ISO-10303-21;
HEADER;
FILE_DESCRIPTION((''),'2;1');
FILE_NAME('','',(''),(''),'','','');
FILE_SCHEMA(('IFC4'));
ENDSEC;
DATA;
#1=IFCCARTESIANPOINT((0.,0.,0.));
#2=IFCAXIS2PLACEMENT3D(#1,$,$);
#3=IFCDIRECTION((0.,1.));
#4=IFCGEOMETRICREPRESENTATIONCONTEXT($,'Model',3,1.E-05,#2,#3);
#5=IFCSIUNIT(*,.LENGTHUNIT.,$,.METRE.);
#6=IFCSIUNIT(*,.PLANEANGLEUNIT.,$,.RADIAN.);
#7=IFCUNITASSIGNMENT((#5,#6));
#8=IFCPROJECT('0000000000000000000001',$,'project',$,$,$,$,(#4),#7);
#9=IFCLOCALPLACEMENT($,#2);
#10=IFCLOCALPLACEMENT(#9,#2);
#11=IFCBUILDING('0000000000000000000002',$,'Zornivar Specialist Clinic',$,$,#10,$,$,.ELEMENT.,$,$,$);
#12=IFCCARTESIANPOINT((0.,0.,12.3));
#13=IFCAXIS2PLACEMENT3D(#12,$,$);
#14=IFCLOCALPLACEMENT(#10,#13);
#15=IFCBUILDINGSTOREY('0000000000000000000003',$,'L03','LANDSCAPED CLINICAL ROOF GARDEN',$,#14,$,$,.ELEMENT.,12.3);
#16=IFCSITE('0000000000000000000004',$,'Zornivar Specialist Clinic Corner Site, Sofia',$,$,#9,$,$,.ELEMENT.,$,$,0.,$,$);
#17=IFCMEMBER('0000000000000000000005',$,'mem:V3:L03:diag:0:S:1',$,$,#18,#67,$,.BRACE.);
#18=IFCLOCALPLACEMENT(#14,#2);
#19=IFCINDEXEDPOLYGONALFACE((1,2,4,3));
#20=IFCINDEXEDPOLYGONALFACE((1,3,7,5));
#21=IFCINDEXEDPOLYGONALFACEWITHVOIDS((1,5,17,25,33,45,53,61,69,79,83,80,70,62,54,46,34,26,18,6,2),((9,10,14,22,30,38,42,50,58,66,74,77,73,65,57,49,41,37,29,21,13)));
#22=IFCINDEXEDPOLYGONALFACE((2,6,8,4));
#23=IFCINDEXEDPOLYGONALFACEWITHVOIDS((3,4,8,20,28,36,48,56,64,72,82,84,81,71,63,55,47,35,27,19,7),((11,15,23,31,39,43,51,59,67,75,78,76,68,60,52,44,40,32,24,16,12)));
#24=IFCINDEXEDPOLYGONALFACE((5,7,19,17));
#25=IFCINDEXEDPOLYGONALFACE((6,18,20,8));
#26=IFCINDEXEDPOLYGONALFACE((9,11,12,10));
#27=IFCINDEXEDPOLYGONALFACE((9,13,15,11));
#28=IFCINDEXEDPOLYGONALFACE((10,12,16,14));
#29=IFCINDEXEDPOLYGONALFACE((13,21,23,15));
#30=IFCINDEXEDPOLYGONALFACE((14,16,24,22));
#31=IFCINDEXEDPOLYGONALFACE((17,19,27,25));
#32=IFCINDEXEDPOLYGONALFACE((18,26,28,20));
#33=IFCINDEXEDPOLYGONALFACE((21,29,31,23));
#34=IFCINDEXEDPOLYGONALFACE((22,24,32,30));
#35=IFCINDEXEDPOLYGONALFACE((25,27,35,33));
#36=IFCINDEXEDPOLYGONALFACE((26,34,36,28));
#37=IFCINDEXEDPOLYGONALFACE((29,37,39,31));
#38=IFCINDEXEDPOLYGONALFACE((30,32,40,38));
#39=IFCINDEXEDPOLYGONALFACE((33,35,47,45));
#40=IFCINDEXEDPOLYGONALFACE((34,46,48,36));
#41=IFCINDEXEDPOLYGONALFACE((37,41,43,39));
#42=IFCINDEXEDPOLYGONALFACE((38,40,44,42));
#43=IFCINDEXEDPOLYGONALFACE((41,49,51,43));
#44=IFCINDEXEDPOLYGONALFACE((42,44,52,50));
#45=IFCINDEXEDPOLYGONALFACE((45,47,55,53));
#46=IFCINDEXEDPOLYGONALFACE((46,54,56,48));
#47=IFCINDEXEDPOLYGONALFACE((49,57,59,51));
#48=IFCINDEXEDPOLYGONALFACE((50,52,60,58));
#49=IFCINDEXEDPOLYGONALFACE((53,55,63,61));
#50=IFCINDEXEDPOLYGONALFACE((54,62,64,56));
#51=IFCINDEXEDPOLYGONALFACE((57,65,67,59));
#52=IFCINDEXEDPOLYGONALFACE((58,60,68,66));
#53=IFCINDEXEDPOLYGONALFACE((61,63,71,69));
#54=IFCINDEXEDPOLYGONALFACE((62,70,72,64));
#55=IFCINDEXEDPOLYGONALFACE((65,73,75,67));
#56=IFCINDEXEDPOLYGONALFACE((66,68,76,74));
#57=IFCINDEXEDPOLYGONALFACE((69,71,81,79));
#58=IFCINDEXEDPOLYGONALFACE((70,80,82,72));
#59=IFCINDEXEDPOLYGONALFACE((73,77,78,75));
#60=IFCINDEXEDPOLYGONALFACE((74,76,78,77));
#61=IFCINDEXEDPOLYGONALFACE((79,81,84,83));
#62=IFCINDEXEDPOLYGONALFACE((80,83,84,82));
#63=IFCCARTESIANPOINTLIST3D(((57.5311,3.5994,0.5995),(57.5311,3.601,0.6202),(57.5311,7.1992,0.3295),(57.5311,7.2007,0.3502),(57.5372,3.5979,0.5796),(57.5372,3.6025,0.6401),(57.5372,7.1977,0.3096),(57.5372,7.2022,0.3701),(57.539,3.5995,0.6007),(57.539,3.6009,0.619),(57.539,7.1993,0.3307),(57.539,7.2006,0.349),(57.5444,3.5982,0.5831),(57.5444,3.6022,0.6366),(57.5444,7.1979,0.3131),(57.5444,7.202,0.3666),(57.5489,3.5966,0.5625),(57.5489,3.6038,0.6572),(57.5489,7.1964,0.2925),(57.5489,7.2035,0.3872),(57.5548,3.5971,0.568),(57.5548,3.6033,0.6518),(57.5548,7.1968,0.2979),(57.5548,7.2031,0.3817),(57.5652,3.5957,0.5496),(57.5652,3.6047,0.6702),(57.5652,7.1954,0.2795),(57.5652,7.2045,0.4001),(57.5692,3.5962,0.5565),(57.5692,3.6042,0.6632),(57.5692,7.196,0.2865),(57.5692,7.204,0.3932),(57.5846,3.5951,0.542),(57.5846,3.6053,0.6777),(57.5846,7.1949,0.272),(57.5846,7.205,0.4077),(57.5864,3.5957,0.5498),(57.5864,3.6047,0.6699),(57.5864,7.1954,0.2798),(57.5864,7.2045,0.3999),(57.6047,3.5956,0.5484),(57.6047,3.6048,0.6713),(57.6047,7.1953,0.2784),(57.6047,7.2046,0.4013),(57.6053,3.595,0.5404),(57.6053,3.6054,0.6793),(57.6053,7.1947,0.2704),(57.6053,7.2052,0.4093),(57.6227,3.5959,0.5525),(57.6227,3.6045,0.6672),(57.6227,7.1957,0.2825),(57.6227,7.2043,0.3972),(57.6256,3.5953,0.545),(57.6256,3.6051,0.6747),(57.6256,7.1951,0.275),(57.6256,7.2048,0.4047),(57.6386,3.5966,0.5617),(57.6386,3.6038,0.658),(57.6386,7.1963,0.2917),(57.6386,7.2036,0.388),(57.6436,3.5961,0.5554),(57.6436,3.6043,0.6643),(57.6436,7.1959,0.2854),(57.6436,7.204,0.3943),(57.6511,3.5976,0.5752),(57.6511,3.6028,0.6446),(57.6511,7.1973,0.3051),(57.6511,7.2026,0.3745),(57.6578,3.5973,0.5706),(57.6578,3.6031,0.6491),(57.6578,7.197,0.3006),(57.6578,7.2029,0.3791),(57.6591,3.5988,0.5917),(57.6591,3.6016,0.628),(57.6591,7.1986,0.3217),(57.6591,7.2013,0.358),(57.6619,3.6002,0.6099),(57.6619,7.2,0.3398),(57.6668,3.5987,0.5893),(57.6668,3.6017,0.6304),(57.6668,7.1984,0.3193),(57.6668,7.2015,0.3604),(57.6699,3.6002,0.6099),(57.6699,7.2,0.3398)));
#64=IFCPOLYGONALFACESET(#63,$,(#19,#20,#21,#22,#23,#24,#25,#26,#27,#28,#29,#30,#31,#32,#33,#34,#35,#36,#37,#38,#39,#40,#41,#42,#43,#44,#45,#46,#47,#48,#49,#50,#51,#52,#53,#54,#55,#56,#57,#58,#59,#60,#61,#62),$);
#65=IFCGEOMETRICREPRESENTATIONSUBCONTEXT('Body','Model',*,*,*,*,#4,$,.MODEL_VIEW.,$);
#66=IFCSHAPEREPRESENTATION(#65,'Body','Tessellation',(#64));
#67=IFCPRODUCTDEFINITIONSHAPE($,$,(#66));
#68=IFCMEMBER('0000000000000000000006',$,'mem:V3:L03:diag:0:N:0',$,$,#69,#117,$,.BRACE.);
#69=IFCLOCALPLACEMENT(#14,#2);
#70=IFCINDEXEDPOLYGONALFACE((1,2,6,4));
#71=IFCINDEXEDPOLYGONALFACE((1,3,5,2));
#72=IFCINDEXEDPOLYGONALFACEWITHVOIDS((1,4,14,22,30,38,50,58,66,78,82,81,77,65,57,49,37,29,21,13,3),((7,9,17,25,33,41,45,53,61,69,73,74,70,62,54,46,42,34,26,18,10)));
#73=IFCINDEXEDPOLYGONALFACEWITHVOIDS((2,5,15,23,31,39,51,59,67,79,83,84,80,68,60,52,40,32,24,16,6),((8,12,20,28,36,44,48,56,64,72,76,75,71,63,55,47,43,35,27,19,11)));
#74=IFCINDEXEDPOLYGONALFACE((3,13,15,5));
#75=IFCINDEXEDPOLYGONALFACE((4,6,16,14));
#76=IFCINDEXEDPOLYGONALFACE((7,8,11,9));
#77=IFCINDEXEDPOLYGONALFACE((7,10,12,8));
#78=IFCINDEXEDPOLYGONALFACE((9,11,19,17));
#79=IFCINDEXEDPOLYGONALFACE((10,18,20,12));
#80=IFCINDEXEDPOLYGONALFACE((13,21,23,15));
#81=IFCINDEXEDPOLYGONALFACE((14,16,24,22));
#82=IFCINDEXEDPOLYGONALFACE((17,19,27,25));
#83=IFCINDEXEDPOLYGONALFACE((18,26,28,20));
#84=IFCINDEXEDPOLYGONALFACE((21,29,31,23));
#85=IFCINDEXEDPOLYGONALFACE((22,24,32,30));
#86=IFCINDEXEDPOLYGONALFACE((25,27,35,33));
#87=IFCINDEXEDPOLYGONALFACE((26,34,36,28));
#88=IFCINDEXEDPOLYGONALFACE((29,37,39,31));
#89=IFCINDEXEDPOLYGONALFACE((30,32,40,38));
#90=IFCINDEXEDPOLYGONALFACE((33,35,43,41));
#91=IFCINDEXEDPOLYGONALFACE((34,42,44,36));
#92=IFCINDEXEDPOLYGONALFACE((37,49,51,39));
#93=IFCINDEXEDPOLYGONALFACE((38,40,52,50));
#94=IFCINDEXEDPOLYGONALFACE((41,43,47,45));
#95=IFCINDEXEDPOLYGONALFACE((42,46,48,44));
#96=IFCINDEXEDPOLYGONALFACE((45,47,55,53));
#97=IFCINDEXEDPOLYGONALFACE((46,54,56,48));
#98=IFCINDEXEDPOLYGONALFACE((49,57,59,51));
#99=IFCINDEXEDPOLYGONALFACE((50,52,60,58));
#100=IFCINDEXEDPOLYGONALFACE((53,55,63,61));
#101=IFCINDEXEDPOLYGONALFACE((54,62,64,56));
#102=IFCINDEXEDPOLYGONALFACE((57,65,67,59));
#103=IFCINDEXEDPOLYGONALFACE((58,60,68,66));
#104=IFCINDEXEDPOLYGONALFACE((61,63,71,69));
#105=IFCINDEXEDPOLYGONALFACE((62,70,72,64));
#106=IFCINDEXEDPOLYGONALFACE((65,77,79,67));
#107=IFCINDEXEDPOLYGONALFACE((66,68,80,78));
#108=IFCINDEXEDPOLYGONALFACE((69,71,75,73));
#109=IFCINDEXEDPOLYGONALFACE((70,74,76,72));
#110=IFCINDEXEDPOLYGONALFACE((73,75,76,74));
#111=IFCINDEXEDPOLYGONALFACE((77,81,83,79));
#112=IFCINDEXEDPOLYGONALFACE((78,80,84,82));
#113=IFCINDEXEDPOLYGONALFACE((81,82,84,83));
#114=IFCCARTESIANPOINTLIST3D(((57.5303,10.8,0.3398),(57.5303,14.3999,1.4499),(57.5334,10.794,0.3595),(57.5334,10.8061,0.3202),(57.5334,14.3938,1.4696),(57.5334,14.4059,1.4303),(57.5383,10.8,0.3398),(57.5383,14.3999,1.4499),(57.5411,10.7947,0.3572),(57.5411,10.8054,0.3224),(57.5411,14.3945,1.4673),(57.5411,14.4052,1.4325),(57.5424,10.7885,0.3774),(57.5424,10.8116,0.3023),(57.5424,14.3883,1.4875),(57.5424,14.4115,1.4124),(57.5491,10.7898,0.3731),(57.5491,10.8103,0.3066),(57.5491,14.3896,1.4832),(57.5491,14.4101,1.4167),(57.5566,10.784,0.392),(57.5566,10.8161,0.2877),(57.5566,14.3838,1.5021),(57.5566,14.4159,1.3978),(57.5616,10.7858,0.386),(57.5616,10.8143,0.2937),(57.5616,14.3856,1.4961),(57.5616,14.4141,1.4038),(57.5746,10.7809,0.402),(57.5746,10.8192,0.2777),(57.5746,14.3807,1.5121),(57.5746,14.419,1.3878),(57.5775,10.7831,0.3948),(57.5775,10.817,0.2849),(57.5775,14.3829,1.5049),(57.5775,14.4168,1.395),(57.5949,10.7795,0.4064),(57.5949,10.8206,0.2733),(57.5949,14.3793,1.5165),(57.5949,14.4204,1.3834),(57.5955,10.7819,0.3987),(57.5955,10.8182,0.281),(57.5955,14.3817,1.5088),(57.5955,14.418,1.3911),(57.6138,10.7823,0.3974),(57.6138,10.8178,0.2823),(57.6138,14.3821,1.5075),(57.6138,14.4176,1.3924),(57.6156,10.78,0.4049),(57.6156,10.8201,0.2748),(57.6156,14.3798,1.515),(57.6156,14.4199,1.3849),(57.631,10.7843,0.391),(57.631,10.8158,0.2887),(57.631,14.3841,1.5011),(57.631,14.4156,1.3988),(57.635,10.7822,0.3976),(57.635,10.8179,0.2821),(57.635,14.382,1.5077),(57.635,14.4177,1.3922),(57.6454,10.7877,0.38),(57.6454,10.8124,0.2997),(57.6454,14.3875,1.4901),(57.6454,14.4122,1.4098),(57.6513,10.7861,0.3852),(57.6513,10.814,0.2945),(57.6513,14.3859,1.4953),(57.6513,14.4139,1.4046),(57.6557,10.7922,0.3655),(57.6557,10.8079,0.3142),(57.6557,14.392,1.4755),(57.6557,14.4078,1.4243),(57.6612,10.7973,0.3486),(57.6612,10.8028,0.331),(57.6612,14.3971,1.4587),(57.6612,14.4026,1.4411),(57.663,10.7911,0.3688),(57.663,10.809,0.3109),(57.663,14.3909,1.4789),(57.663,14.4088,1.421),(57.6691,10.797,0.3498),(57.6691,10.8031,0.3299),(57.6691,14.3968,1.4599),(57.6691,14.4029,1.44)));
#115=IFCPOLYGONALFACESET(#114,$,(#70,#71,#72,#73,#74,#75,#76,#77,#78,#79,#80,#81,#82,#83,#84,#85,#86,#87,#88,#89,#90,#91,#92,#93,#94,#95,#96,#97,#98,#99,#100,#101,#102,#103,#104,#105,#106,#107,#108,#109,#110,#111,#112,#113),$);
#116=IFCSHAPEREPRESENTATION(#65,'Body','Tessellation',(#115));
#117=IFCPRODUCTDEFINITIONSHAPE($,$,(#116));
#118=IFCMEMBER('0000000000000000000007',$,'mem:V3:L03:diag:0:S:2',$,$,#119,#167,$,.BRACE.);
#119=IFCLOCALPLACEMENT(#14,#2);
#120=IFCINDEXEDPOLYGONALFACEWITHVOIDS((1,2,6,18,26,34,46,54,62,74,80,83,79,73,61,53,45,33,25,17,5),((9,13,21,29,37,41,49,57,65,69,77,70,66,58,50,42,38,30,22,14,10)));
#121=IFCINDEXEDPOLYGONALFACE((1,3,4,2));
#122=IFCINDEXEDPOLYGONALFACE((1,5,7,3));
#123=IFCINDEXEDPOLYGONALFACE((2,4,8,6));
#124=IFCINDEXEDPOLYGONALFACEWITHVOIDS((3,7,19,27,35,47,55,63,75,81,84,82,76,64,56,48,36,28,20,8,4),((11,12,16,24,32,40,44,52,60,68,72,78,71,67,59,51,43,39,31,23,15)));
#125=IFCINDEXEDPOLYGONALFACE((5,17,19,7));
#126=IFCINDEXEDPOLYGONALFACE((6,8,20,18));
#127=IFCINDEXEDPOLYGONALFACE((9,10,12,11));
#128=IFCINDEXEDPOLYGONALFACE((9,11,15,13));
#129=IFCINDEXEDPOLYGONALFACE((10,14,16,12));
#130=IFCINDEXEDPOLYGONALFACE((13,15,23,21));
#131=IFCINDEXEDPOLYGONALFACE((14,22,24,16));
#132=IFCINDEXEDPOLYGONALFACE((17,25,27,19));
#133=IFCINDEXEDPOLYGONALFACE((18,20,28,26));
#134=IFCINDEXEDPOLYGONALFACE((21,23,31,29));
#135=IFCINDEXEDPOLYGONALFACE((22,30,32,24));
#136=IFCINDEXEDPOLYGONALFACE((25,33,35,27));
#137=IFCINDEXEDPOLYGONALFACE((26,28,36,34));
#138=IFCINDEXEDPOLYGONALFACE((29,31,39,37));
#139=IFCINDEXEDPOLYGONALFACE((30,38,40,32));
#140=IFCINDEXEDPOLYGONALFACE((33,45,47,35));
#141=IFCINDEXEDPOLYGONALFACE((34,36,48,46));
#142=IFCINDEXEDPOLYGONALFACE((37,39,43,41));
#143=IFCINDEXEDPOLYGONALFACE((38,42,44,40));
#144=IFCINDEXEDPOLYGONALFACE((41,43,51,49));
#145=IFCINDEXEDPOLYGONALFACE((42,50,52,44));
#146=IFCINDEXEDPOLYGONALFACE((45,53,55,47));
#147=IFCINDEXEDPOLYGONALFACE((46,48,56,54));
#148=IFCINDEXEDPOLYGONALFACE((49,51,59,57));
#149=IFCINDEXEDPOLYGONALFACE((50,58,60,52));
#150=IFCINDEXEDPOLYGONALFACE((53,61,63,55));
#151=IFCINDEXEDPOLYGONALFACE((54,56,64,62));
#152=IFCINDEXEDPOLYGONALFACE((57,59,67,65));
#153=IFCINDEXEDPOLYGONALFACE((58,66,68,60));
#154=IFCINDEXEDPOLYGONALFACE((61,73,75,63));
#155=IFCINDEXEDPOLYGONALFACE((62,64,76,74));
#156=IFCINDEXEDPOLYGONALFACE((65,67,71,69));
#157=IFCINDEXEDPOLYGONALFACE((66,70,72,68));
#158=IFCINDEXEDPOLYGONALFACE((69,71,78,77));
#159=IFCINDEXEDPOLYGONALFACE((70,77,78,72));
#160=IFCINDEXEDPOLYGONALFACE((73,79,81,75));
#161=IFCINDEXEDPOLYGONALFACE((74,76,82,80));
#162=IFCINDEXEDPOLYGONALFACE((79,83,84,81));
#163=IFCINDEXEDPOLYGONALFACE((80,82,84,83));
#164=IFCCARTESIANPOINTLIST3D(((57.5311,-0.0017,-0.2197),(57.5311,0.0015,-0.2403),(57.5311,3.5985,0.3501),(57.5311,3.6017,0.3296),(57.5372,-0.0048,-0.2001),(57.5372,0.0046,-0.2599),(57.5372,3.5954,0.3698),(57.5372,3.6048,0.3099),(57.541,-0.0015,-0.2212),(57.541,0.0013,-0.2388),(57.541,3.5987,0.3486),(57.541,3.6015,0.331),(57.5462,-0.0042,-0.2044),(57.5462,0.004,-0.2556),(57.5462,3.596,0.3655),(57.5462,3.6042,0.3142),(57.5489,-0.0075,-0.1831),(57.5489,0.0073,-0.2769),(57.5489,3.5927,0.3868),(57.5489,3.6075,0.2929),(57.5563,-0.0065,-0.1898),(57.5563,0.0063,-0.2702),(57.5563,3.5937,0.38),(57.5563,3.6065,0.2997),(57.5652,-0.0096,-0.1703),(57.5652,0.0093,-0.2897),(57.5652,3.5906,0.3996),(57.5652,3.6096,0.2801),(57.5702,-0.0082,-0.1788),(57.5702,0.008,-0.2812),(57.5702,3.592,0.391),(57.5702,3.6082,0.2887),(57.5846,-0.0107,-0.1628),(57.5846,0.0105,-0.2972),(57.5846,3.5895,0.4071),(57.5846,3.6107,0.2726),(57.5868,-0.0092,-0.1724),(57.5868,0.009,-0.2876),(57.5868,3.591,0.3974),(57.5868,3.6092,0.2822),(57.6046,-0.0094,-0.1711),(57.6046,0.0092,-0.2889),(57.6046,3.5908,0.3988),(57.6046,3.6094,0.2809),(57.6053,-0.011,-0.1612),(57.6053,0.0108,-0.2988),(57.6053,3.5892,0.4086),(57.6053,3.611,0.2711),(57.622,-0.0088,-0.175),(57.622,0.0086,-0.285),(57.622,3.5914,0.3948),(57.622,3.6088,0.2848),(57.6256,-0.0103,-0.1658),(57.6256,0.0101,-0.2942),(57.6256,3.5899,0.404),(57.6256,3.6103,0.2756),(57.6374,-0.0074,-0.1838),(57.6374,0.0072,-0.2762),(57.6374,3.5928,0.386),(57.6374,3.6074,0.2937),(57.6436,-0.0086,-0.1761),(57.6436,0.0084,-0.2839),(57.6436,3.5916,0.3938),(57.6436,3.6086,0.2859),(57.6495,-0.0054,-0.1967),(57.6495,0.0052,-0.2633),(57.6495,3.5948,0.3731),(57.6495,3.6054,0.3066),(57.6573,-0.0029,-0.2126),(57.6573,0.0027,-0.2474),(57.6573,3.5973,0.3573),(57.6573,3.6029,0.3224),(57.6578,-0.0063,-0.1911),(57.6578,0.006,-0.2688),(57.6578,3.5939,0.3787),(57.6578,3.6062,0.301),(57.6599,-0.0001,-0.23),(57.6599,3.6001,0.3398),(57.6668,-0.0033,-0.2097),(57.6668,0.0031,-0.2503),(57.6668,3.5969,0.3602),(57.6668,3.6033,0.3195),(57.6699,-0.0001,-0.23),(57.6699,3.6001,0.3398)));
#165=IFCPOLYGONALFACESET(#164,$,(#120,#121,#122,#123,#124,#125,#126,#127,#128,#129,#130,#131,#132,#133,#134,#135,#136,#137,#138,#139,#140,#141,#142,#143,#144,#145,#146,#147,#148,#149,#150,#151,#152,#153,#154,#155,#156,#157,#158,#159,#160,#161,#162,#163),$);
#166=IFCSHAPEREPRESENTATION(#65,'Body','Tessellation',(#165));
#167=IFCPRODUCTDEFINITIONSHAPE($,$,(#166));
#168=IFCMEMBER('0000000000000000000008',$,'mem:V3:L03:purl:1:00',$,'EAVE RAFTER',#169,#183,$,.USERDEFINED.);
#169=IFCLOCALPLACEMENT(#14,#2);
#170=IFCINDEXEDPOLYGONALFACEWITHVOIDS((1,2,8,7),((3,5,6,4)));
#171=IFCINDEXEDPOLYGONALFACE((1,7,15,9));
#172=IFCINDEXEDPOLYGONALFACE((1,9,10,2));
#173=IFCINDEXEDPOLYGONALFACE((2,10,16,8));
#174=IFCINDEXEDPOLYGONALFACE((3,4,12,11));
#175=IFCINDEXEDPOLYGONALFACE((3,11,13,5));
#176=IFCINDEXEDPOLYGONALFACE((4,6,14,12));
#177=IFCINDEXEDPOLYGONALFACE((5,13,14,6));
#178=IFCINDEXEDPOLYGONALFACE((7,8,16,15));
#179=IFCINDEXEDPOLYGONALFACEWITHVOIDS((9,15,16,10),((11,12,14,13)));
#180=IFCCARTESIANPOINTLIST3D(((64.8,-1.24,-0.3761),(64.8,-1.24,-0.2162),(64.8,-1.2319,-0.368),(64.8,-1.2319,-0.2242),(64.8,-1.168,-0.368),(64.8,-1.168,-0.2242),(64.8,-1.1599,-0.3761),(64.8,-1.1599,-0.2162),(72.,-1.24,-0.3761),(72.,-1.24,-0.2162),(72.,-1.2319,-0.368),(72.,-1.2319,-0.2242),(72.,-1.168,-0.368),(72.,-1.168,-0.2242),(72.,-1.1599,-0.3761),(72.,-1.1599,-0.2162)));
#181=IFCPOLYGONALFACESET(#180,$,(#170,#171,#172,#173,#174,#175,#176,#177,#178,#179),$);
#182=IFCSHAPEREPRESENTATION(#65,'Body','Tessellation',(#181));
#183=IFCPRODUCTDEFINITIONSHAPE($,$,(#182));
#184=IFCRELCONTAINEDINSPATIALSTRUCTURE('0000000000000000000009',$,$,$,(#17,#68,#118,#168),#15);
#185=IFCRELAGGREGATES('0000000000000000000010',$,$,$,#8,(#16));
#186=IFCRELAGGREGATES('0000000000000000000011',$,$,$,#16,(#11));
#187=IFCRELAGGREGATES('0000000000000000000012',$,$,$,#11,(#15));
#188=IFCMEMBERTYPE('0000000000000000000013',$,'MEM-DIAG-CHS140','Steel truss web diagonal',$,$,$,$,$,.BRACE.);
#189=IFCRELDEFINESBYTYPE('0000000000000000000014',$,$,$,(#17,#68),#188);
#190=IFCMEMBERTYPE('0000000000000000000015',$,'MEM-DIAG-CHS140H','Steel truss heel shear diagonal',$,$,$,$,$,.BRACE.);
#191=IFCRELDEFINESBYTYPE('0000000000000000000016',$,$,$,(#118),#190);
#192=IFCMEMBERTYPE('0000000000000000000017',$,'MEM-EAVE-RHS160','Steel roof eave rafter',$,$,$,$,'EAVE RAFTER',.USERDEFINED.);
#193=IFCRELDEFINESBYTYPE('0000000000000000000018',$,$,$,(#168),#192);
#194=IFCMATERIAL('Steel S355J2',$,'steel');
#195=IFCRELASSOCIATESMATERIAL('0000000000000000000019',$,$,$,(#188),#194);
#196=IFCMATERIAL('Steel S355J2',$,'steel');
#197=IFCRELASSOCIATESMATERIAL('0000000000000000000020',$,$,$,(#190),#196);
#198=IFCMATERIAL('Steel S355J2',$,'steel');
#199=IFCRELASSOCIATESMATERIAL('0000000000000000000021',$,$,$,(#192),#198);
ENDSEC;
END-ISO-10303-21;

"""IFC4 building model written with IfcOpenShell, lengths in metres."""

from ifc_helpers import new_model, si_unit, direction, frame, origin, origin_2d, place, context, subcontext, project, spatial, hollow_rectangle, hollow_circle, extrude, material, material_profile, profile_set, type_object, element, save


model = new_model("IFC4")

# Units and contexts
model_context = context("Model", 3, precision=1e-05, world=origin(), true_north=direction((0.0, 1.0)))
body_context = subcontext(model_context, "Body", "Model", "MODEL_VIEW")
ifc_project = project(units=[si_unit("LENGTHUNIT", "METRE"), si_unit("PLANEANGLEUNIT", "RADIAN")], contexts=[model_context])

# Site, building, storey
site_placement = place(None, origin())
site = spatial("IfcSite", under=ifc_project, at=site_placement, Name="Zornivar Specialist Clinic Corner Site, Sofia", CompositionType="ELEMENT", RefElevation=0.0)
building_placement = place(site_placement, origin())
building = spatial("IfcBuilding", under=site, at=building_placement, Name="Zornivar Specialist Clinic", CompositionType="ELEMENT")
storey_placement = place(building_placement, frame((0.0, 0.0, 12.3)))
storey = spatial("IfcBuildingStorey", under=building, at=storey_placement, Name="L03", Description="LANDSCAPED CLINICAL ROOF GARDEN", CompositionType="ELEMENT", Elevation=12.3)

# Members
ifc_material_1 = material(Name="Steel S355J2", Category="steel")
ifc_material_profile_1 = material_profile(ifc_material_1, hollow_circle(Radius=0.0698, WallThickness=0.0081, at=origin_2d()), Name="CHS 139.7x8")
ifc_profile_set_1 = profile_set([ifc_material_profile_1], Name="Steel S355J2")
member_type_1 = type_object("IfcMemberType", Name="MEM-DIAG-CHS140", Description="Steel truss web diagonal", PredefinedType="BRACE", material=ifc_profile_set_1)
member_1_placement = place(storey_placement, frame((57.6001, 7.2, 0.3398), z_axis=(0.0, -0.997199, 0.074798), x_axis=(1.0, 0.0, 0.0)))
element("IfcMember", 1, at=member_1_placement, inside=storey, type_object=member_type_1, Name="mem:V3:L03:diag:0:S:1", PredefinedType="BRACE", context=body_context, shape_type="SweptSolid", body=[
    extrude(hollow_circle(Radius=0.0698, WallThickness=0.0081, at=origin_2d()), origin(), (0.0, 0.0, 1.0), 3.6099),
])
member_2_placement = place(storey_placement, frame((57.6001, 10.8, 0.3398), z_axis=(0.0, 0.955595, 0.294682), x_axis=(-1.0, 0.0, 0.0)))
element("IfcMember", 2, at=member_2_placement, inside=storey, type_object=member_type_1, Name="mem:V3:L03:diag:0:N:0", PredefinedType="BRACE", context=body_context, shape_type="SweptSolid", body=[
    extrude(hollow_circle(Radius=0.0698, WallThickness=0.0081, at=origin_2d()), origin(), (0.0, 0.0, 1.0), 3.7671),
])
ifc_material_2 = material(Name="Steel S355J2", Category="steel")
ifc_material_profile_2 = material_profile(ifc_material_2, hollow_circle(Radius=0.0698, WallThickness=0.01, at=origin_2d()), Name="CHS 139.7x10")
ifc_profile_set_2 = profile_set([ifc_material_profile_2], Name="Steel S355J2")
member_type_2 = type_object("IfcMemberType", Name="MEM-DIAG-CHS140H", Description="Steel truss heel shear diagonal", PredefinedType="BRACE", material=ifc_profile_set_2)
member_3_placement = place(storey_placement, frame((57.6001, 3.6001, 0.3398), z_axis=(0.0, -0.987704, -0.156334), x_axis=(1.0, 0.0, 0.0)))
element("IfcMember", 3, at=member_3_placement, inside=storey, type_object=member_type_2, Name="mem:V3:L03:diag:0:S:2", PredefinedType="BRACE", context=body_context, shape_type="SweptSolid", body=[
    extrude(hollow_circle(Radius=0.0698, WallThickness=0.01, at=origin_2d()), origin(), (0.0, 0.0, 1.0), 3.645),
])
ifc_material_3 = material(Name="Steel S355J2", Category="steel")
ifc_material_profile_3 = material_profile(ifc_material_3, hollow_rectangle(XDim=0.0801, YDim=0.1599, WallThickness=0.0081, at=origin_2d()), Name="RHS 160x80x8")
ifc_profile_set_3 = profile_set([ifc_material_profile_3], Name="Steel S355J2")
member_type_3 = type_object("IfcMemberType", Name="MEM-EAVE-RHS160", Description="Steel roof eave rafter", ElementType="EAVE RAFTER", PredefinedType="USERDEFINED", material=ifc_profile_set_3)
member_4_placement = place(storey_placement, frame((64.8, -1.2, -0.2961), z_axis=(1.0, 0.0, 0.0), x_axis=(0.0, 1.0, 0.0)))
element("IfcMember", 4, at=member_4_placement, inside=storey, type_object=member_type_3, Name="mem:V3:L03:purl:1:00", ObjectType="EAVE RAFTER", PredefinedType="USERDEFINED", context=body_context, shape_type="SweptSolid", body=[
    extrude(hollow_rectangle(XDim=0.0801, YDim=0.1599, WallThickness=0.0081, at=origin_2d()), origin(), (0.0, 0.0, 1.0), 7.2),
])

save(model, "model.ifc")
